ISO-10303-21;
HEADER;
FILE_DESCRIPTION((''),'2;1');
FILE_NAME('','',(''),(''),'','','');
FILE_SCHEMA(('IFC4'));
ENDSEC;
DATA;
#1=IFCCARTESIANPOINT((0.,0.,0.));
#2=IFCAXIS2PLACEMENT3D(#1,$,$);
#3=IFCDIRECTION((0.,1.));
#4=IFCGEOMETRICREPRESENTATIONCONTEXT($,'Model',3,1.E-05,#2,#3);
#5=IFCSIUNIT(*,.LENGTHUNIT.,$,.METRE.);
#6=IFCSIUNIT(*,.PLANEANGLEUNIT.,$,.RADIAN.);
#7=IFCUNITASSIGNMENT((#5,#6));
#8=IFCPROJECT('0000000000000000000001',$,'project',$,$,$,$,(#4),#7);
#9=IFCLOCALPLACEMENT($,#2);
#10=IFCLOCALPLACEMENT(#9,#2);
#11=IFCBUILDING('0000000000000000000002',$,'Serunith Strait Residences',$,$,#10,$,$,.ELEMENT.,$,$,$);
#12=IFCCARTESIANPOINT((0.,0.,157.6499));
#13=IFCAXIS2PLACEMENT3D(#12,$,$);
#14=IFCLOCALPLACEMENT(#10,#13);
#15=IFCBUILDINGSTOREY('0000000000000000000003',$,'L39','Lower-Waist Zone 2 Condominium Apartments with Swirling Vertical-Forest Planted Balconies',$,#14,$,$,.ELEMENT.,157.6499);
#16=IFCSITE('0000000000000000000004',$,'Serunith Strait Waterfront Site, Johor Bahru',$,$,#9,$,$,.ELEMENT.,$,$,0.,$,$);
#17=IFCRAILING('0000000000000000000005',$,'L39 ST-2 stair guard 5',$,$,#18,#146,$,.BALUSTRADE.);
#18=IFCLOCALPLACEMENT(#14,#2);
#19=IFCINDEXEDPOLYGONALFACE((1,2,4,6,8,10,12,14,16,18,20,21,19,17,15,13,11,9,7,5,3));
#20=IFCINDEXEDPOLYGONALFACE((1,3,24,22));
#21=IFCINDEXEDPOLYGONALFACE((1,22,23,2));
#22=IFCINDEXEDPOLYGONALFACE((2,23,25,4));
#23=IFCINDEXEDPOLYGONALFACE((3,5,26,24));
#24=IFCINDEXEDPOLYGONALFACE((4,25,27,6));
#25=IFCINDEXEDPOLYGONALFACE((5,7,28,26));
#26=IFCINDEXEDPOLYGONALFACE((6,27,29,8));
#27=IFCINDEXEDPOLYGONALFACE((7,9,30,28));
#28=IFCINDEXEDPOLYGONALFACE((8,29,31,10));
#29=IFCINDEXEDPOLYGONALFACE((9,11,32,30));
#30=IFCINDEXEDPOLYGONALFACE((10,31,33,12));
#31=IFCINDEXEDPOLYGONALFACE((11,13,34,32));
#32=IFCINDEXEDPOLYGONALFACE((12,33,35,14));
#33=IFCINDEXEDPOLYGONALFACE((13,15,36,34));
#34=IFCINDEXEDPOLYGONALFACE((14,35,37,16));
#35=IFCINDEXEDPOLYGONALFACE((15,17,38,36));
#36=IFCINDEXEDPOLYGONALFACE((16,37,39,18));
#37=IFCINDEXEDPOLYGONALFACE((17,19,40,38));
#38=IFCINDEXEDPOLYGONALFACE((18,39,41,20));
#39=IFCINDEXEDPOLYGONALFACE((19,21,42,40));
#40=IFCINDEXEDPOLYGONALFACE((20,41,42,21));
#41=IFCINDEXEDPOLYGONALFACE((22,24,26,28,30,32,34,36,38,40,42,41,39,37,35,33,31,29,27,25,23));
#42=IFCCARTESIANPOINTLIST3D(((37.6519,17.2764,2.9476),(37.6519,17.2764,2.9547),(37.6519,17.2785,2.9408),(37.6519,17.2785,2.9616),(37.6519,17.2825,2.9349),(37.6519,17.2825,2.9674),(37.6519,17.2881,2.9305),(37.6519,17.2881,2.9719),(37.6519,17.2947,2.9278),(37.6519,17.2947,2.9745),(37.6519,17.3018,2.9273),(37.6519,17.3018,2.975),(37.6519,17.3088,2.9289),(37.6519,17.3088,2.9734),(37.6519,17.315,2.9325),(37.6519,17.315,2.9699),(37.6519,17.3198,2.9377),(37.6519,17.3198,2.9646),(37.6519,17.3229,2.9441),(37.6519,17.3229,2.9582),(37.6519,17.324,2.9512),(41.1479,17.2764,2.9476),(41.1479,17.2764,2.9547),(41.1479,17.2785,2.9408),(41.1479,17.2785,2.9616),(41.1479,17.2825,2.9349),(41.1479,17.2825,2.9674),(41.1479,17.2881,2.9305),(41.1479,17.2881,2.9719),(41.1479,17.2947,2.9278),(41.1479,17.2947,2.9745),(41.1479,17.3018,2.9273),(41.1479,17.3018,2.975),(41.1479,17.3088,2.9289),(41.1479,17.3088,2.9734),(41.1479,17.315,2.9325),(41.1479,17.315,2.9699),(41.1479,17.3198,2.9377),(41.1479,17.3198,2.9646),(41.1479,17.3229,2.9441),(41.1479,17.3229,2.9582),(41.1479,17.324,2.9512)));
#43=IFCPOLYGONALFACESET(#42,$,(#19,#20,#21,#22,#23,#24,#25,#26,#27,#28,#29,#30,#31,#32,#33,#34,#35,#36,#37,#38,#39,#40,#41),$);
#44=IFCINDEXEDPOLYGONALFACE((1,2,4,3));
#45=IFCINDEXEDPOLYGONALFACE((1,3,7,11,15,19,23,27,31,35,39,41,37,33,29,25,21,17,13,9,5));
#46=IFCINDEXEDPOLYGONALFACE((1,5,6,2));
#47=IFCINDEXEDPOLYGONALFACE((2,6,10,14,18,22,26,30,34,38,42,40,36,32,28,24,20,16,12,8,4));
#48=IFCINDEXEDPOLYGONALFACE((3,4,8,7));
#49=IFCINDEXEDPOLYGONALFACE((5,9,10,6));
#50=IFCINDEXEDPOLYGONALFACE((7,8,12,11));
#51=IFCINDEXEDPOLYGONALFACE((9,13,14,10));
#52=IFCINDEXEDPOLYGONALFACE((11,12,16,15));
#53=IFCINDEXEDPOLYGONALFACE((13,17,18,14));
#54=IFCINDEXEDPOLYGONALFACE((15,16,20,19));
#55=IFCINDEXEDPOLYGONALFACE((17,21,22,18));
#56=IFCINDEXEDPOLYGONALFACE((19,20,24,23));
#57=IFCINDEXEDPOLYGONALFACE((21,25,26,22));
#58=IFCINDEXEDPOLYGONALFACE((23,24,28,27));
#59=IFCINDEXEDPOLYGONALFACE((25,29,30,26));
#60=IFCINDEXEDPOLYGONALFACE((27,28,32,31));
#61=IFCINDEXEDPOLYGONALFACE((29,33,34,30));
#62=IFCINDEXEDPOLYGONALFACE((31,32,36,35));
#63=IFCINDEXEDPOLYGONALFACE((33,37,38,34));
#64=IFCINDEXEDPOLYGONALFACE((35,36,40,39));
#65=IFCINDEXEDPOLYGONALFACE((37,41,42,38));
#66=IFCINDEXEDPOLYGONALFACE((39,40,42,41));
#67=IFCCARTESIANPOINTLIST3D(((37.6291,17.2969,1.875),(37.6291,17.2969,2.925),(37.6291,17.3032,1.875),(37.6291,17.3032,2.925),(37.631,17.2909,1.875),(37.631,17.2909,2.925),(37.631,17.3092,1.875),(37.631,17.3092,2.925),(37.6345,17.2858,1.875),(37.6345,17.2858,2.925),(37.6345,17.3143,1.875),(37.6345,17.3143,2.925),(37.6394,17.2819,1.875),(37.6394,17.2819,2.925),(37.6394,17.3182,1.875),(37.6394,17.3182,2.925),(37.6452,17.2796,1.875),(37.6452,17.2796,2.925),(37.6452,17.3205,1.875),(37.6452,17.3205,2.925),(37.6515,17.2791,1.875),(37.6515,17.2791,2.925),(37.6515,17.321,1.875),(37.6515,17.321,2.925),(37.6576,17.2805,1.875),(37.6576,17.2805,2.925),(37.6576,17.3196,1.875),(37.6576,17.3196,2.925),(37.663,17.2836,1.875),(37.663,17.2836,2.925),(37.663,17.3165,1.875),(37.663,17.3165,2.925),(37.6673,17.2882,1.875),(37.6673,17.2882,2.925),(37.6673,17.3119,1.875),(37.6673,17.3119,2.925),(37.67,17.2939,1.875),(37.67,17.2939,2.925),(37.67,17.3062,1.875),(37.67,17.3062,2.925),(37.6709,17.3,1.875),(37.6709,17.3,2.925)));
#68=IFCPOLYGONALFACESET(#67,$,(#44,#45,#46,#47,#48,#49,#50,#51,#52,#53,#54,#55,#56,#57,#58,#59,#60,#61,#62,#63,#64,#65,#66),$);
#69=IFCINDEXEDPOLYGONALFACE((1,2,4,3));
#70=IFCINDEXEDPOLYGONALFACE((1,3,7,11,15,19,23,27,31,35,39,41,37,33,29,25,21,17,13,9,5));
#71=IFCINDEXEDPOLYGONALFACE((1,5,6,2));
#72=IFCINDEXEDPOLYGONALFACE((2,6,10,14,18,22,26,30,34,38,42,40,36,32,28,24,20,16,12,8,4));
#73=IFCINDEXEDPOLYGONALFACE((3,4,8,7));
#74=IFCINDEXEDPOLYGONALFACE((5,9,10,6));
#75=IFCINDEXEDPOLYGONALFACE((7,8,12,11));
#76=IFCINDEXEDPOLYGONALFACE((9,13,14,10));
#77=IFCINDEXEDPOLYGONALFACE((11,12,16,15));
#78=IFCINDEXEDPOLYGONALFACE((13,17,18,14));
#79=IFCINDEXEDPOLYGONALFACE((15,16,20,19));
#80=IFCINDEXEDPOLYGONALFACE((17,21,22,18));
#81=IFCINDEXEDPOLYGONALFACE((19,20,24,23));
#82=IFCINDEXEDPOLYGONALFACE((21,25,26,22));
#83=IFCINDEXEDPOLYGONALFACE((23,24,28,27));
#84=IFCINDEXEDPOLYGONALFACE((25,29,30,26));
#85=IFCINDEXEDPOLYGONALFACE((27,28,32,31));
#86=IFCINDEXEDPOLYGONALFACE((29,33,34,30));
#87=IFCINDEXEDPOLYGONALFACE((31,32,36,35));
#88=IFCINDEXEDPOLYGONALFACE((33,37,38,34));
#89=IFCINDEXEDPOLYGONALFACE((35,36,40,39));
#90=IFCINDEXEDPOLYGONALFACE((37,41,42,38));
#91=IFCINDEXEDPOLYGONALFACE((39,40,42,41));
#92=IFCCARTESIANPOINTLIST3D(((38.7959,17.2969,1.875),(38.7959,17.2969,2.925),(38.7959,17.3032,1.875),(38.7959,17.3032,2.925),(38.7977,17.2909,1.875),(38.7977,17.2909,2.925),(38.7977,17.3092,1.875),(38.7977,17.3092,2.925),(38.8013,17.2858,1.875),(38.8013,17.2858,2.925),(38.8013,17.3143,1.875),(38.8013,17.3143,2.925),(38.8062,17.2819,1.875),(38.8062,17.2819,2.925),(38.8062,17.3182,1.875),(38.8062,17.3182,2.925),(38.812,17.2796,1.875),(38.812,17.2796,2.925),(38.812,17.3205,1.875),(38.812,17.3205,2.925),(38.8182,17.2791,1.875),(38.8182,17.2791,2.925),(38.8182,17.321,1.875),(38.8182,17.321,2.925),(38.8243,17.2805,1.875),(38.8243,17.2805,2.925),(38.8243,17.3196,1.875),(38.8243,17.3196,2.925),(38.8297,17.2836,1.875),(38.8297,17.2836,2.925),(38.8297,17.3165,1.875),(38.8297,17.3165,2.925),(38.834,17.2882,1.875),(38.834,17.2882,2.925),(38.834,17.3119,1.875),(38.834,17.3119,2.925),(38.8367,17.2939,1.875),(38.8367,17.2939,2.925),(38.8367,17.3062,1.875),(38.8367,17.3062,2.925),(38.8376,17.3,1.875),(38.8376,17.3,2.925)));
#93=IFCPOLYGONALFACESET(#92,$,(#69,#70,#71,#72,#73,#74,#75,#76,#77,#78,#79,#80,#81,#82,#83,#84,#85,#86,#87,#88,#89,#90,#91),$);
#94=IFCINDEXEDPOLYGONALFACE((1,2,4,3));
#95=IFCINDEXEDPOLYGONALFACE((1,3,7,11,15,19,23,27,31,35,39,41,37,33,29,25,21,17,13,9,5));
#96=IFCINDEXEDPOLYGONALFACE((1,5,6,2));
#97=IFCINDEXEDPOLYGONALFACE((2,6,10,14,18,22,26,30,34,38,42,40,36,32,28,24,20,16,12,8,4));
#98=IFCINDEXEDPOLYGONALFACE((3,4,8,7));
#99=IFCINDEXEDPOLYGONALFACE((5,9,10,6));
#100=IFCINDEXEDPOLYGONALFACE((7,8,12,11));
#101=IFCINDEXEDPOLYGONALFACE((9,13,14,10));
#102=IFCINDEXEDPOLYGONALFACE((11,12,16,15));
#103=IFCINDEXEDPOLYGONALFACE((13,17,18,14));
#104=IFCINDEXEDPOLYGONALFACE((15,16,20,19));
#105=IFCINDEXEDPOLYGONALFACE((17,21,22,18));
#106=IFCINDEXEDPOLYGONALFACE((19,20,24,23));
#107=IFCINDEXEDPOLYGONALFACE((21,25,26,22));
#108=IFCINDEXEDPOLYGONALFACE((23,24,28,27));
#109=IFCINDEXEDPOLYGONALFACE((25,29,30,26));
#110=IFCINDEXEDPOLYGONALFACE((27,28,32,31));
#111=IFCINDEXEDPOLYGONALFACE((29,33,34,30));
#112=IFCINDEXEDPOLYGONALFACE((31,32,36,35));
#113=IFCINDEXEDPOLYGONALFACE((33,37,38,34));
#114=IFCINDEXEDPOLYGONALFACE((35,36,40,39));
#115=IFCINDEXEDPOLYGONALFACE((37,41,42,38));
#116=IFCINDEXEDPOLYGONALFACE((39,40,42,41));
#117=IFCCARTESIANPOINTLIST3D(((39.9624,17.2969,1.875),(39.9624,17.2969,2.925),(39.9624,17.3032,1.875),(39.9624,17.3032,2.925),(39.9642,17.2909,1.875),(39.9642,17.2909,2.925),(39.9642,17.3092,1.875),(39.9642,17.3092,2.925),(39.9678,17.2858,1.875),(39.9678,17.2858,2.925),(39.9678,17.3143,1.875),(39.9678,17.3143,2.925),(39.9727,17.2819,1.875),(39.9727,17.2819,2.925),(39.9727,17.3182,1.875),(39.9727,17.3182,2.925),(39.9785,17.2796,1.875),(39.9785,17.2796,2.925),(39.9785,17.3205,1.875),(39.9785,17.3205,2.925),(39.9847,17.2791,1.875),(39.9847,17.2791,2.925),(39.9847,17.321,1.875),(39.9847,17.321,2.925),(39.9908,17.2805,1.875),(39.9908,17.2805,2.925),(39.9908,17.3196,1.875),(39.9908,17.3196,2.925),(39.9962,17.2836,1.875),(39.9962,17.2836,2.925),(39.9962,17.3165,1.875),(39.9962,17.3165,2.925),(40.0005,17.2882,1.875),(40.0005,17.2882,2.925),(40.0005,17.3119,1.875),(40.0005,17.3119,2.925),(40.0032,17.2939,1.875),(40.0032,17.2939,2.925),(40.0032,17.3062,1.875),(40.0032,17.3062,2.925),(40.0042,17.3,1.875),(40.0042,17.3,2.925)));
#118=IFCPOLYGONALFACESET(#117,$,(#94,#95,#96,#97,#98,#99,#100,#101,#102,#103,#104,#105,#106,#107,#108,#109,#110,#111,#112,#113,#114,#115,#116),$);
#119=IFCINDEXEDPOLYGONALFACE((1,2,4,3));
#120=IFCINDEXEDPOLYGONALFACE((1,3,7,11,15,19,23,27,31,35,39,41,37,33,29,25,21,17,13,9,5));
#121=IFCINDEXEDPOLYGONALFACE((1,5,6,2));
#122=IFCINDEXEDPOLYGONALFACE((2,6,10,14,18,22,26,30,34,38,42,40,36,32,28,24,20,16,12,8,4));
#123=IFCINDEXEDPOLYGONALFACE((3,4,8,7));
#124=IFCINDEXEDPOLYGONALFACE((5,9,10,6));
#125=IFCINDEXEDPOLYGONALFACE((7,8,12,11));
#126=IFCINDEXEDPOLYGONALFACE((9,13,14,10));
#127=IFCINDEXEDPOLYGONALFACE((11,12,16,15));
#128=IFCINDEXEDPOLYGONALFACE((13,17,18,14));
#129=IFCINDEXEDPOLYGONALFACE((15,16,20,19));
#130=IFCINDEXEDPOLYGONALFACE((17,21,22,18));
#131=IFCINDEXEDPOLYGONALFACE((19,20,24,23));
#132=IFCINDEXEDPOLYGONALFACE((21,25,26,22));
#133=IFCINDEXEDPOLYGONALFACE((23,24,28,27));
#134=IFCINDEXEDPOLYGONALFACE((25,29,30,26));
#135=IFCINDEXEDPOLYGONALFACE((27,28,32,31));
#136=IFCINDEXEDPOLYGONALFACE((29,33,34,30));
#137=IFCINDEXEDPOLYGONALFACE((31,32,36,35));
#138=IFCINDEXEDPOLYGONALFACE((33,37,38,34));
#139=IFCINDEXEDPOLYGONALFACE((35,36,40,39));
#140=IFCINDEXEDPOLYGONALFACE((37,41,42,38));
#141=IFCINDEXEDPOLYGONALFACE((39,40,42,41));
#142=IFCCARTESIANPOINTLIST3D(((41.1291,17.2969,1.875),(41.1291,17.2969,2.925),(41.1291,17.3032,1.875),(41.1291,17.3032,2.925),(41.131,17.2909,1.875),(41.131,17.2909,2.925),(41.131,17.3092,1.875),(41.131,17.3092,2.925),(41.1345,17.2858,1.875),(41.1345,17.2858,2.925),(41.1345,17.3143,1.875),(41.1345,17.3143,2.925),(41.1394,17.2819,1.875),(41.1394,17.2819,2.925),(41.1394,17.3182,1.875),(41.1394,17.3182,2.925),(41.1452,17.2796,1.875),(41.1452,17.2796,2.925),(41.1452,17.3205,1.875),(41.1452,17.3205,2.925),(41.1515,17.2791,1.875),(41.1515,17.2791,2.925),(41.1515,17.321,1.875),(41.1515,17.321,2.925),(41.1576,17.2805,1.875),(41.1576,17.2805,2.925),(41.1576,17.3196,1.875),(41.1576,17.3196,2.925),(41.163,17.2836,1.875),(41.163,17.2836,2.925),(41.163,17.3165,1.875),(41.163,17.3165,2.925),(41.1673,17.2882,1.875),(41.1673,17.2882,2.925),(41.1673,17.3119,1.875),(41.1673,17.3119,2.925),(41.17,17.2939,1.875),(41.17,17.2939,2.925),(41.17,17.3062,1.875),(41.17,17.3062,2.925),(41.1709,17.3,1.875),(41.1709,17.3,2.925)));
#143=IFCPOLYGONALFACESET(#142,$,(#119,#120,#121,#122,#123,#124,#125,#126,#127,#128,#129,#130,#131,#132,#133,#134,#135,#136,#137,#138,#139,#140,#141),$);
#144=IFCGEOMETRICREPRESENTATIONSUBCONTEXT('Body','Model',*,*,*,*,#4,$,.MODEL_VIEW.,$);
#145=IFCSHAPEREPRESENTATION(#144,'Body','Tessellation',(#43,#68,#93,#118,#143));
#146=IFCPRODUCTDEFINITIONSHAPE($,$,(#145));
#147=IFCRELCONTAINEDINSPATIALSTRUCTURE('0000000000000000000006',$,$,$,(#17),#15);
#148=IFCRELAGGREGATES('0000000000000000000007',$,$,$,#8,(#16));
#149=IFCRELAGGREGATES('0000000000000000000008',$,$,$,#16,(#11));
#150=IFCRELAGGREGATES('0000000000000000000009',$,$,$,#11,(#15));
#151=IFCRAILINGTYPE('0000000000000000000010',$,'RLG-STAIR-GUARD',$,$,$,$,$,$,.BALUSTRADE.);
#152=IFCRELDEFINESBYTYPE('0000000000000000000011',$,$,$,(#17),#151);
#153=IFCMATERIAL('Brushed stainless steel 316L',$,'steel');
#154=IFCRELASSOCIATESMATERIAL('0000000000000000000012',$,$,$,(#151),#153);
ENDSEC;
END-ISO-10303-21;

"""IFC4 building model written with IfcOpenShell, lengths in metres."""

from ifc_helpers import new_model, si_unit, direction, frame, origin, origin_2d, place, context, subcontext, project, spatial, circle, extrude, material, type_object, element, save


model = new_model("IFC4")

# Units and contexts
model_context = context("Model", 3, precision=1e-05, world=origin(), true_north=direction((0.0, 1.0)))
body_context = subcontext(model_context, "Body", "Model", "MODEL_VIEW")
ifc_project = project(units=[si_unit("LENGTHUNIT", "METRE"), si_unit("PLANEANGLEUNIT", "RADIAN")], contexts=[model_context])

# Site, building, storey
site_placement = place(None, origin())
site = spatial("IfcSite", under=ifc_project, at=site_placement, Name="Serunith Strait Waterfront Site, Johor Bahru", CompositionType="ELEMENT", RefElevation=0.0)
building_placement = place(site_placement, origin())
building = spatial("IfcBuilding", under=site, at=building_placement, Name="Serunith Strait Residences", CompositionType="ELEMENT")
storey_placement = place(building_placement, frame((0.0, 0.0, 157.6499)))
storey = spatial("IfcBuildingStorey", under=building, at=storey_placement, Name="L39", Description="Lower-Waist Zone 2 Condominium Apartments with Swirling Vertical-Forest Planted Balconies", CompositionType="ELEMENT", Elevation=157.6499)

# Railing
ifc_material_1 = material(Name="Brushed stainless steel 316L", Category="steel")
railing_type_1 = type_object("IfcRailingType", Name="RLG-STAIR-GUARD", PredefinedType="BALUSTRADE", material=ifc_material_1)
railing_1_placement = place(storey_placement, frame((37.6499, 17.3, 1.875)))
element("IfcRailing", 1, at=railing_1_placement, inside=storey, type_object=railing_type_1, Name="L39 ST-2 stair guard 5", PredefinedType="BALUSTRADE", context=body_context, shape_type="SweptSolid", body=[
    extrude(circle(Radius=0.0239, at=origin_2d()), frame((0.002, 0.0, 1.0762), z_axis=(1.0, 0.0, 0.0), x_axis=(0.0, 1.0, 0.0)), (0.0, 0.0, 1.0), 3.4961),
    extrude(circle(Radius=0.021, at=origin_2d()), origin(), (0.0, 0.0, 1.0), 1.05),
    extrude(circle(Radius=0.021, at=origin_2d()), frame((1.1667, 0.0, 0.0)), (0.0, 0.0, 1.0), 1.05),
    extrude(circle(Radius=0.021, at=origin_2d()), frame((2.3333, 0.0, 0.0)), (0.0, 0.0, 1.0), 1.05),
    extrude(circle(Radius=0.021, at=origin_2d()), frame((3.5, 0.0, 0.0)), (0.0, 0.0, 1.0), 1.05),
])

save(model, "model.ifc")
